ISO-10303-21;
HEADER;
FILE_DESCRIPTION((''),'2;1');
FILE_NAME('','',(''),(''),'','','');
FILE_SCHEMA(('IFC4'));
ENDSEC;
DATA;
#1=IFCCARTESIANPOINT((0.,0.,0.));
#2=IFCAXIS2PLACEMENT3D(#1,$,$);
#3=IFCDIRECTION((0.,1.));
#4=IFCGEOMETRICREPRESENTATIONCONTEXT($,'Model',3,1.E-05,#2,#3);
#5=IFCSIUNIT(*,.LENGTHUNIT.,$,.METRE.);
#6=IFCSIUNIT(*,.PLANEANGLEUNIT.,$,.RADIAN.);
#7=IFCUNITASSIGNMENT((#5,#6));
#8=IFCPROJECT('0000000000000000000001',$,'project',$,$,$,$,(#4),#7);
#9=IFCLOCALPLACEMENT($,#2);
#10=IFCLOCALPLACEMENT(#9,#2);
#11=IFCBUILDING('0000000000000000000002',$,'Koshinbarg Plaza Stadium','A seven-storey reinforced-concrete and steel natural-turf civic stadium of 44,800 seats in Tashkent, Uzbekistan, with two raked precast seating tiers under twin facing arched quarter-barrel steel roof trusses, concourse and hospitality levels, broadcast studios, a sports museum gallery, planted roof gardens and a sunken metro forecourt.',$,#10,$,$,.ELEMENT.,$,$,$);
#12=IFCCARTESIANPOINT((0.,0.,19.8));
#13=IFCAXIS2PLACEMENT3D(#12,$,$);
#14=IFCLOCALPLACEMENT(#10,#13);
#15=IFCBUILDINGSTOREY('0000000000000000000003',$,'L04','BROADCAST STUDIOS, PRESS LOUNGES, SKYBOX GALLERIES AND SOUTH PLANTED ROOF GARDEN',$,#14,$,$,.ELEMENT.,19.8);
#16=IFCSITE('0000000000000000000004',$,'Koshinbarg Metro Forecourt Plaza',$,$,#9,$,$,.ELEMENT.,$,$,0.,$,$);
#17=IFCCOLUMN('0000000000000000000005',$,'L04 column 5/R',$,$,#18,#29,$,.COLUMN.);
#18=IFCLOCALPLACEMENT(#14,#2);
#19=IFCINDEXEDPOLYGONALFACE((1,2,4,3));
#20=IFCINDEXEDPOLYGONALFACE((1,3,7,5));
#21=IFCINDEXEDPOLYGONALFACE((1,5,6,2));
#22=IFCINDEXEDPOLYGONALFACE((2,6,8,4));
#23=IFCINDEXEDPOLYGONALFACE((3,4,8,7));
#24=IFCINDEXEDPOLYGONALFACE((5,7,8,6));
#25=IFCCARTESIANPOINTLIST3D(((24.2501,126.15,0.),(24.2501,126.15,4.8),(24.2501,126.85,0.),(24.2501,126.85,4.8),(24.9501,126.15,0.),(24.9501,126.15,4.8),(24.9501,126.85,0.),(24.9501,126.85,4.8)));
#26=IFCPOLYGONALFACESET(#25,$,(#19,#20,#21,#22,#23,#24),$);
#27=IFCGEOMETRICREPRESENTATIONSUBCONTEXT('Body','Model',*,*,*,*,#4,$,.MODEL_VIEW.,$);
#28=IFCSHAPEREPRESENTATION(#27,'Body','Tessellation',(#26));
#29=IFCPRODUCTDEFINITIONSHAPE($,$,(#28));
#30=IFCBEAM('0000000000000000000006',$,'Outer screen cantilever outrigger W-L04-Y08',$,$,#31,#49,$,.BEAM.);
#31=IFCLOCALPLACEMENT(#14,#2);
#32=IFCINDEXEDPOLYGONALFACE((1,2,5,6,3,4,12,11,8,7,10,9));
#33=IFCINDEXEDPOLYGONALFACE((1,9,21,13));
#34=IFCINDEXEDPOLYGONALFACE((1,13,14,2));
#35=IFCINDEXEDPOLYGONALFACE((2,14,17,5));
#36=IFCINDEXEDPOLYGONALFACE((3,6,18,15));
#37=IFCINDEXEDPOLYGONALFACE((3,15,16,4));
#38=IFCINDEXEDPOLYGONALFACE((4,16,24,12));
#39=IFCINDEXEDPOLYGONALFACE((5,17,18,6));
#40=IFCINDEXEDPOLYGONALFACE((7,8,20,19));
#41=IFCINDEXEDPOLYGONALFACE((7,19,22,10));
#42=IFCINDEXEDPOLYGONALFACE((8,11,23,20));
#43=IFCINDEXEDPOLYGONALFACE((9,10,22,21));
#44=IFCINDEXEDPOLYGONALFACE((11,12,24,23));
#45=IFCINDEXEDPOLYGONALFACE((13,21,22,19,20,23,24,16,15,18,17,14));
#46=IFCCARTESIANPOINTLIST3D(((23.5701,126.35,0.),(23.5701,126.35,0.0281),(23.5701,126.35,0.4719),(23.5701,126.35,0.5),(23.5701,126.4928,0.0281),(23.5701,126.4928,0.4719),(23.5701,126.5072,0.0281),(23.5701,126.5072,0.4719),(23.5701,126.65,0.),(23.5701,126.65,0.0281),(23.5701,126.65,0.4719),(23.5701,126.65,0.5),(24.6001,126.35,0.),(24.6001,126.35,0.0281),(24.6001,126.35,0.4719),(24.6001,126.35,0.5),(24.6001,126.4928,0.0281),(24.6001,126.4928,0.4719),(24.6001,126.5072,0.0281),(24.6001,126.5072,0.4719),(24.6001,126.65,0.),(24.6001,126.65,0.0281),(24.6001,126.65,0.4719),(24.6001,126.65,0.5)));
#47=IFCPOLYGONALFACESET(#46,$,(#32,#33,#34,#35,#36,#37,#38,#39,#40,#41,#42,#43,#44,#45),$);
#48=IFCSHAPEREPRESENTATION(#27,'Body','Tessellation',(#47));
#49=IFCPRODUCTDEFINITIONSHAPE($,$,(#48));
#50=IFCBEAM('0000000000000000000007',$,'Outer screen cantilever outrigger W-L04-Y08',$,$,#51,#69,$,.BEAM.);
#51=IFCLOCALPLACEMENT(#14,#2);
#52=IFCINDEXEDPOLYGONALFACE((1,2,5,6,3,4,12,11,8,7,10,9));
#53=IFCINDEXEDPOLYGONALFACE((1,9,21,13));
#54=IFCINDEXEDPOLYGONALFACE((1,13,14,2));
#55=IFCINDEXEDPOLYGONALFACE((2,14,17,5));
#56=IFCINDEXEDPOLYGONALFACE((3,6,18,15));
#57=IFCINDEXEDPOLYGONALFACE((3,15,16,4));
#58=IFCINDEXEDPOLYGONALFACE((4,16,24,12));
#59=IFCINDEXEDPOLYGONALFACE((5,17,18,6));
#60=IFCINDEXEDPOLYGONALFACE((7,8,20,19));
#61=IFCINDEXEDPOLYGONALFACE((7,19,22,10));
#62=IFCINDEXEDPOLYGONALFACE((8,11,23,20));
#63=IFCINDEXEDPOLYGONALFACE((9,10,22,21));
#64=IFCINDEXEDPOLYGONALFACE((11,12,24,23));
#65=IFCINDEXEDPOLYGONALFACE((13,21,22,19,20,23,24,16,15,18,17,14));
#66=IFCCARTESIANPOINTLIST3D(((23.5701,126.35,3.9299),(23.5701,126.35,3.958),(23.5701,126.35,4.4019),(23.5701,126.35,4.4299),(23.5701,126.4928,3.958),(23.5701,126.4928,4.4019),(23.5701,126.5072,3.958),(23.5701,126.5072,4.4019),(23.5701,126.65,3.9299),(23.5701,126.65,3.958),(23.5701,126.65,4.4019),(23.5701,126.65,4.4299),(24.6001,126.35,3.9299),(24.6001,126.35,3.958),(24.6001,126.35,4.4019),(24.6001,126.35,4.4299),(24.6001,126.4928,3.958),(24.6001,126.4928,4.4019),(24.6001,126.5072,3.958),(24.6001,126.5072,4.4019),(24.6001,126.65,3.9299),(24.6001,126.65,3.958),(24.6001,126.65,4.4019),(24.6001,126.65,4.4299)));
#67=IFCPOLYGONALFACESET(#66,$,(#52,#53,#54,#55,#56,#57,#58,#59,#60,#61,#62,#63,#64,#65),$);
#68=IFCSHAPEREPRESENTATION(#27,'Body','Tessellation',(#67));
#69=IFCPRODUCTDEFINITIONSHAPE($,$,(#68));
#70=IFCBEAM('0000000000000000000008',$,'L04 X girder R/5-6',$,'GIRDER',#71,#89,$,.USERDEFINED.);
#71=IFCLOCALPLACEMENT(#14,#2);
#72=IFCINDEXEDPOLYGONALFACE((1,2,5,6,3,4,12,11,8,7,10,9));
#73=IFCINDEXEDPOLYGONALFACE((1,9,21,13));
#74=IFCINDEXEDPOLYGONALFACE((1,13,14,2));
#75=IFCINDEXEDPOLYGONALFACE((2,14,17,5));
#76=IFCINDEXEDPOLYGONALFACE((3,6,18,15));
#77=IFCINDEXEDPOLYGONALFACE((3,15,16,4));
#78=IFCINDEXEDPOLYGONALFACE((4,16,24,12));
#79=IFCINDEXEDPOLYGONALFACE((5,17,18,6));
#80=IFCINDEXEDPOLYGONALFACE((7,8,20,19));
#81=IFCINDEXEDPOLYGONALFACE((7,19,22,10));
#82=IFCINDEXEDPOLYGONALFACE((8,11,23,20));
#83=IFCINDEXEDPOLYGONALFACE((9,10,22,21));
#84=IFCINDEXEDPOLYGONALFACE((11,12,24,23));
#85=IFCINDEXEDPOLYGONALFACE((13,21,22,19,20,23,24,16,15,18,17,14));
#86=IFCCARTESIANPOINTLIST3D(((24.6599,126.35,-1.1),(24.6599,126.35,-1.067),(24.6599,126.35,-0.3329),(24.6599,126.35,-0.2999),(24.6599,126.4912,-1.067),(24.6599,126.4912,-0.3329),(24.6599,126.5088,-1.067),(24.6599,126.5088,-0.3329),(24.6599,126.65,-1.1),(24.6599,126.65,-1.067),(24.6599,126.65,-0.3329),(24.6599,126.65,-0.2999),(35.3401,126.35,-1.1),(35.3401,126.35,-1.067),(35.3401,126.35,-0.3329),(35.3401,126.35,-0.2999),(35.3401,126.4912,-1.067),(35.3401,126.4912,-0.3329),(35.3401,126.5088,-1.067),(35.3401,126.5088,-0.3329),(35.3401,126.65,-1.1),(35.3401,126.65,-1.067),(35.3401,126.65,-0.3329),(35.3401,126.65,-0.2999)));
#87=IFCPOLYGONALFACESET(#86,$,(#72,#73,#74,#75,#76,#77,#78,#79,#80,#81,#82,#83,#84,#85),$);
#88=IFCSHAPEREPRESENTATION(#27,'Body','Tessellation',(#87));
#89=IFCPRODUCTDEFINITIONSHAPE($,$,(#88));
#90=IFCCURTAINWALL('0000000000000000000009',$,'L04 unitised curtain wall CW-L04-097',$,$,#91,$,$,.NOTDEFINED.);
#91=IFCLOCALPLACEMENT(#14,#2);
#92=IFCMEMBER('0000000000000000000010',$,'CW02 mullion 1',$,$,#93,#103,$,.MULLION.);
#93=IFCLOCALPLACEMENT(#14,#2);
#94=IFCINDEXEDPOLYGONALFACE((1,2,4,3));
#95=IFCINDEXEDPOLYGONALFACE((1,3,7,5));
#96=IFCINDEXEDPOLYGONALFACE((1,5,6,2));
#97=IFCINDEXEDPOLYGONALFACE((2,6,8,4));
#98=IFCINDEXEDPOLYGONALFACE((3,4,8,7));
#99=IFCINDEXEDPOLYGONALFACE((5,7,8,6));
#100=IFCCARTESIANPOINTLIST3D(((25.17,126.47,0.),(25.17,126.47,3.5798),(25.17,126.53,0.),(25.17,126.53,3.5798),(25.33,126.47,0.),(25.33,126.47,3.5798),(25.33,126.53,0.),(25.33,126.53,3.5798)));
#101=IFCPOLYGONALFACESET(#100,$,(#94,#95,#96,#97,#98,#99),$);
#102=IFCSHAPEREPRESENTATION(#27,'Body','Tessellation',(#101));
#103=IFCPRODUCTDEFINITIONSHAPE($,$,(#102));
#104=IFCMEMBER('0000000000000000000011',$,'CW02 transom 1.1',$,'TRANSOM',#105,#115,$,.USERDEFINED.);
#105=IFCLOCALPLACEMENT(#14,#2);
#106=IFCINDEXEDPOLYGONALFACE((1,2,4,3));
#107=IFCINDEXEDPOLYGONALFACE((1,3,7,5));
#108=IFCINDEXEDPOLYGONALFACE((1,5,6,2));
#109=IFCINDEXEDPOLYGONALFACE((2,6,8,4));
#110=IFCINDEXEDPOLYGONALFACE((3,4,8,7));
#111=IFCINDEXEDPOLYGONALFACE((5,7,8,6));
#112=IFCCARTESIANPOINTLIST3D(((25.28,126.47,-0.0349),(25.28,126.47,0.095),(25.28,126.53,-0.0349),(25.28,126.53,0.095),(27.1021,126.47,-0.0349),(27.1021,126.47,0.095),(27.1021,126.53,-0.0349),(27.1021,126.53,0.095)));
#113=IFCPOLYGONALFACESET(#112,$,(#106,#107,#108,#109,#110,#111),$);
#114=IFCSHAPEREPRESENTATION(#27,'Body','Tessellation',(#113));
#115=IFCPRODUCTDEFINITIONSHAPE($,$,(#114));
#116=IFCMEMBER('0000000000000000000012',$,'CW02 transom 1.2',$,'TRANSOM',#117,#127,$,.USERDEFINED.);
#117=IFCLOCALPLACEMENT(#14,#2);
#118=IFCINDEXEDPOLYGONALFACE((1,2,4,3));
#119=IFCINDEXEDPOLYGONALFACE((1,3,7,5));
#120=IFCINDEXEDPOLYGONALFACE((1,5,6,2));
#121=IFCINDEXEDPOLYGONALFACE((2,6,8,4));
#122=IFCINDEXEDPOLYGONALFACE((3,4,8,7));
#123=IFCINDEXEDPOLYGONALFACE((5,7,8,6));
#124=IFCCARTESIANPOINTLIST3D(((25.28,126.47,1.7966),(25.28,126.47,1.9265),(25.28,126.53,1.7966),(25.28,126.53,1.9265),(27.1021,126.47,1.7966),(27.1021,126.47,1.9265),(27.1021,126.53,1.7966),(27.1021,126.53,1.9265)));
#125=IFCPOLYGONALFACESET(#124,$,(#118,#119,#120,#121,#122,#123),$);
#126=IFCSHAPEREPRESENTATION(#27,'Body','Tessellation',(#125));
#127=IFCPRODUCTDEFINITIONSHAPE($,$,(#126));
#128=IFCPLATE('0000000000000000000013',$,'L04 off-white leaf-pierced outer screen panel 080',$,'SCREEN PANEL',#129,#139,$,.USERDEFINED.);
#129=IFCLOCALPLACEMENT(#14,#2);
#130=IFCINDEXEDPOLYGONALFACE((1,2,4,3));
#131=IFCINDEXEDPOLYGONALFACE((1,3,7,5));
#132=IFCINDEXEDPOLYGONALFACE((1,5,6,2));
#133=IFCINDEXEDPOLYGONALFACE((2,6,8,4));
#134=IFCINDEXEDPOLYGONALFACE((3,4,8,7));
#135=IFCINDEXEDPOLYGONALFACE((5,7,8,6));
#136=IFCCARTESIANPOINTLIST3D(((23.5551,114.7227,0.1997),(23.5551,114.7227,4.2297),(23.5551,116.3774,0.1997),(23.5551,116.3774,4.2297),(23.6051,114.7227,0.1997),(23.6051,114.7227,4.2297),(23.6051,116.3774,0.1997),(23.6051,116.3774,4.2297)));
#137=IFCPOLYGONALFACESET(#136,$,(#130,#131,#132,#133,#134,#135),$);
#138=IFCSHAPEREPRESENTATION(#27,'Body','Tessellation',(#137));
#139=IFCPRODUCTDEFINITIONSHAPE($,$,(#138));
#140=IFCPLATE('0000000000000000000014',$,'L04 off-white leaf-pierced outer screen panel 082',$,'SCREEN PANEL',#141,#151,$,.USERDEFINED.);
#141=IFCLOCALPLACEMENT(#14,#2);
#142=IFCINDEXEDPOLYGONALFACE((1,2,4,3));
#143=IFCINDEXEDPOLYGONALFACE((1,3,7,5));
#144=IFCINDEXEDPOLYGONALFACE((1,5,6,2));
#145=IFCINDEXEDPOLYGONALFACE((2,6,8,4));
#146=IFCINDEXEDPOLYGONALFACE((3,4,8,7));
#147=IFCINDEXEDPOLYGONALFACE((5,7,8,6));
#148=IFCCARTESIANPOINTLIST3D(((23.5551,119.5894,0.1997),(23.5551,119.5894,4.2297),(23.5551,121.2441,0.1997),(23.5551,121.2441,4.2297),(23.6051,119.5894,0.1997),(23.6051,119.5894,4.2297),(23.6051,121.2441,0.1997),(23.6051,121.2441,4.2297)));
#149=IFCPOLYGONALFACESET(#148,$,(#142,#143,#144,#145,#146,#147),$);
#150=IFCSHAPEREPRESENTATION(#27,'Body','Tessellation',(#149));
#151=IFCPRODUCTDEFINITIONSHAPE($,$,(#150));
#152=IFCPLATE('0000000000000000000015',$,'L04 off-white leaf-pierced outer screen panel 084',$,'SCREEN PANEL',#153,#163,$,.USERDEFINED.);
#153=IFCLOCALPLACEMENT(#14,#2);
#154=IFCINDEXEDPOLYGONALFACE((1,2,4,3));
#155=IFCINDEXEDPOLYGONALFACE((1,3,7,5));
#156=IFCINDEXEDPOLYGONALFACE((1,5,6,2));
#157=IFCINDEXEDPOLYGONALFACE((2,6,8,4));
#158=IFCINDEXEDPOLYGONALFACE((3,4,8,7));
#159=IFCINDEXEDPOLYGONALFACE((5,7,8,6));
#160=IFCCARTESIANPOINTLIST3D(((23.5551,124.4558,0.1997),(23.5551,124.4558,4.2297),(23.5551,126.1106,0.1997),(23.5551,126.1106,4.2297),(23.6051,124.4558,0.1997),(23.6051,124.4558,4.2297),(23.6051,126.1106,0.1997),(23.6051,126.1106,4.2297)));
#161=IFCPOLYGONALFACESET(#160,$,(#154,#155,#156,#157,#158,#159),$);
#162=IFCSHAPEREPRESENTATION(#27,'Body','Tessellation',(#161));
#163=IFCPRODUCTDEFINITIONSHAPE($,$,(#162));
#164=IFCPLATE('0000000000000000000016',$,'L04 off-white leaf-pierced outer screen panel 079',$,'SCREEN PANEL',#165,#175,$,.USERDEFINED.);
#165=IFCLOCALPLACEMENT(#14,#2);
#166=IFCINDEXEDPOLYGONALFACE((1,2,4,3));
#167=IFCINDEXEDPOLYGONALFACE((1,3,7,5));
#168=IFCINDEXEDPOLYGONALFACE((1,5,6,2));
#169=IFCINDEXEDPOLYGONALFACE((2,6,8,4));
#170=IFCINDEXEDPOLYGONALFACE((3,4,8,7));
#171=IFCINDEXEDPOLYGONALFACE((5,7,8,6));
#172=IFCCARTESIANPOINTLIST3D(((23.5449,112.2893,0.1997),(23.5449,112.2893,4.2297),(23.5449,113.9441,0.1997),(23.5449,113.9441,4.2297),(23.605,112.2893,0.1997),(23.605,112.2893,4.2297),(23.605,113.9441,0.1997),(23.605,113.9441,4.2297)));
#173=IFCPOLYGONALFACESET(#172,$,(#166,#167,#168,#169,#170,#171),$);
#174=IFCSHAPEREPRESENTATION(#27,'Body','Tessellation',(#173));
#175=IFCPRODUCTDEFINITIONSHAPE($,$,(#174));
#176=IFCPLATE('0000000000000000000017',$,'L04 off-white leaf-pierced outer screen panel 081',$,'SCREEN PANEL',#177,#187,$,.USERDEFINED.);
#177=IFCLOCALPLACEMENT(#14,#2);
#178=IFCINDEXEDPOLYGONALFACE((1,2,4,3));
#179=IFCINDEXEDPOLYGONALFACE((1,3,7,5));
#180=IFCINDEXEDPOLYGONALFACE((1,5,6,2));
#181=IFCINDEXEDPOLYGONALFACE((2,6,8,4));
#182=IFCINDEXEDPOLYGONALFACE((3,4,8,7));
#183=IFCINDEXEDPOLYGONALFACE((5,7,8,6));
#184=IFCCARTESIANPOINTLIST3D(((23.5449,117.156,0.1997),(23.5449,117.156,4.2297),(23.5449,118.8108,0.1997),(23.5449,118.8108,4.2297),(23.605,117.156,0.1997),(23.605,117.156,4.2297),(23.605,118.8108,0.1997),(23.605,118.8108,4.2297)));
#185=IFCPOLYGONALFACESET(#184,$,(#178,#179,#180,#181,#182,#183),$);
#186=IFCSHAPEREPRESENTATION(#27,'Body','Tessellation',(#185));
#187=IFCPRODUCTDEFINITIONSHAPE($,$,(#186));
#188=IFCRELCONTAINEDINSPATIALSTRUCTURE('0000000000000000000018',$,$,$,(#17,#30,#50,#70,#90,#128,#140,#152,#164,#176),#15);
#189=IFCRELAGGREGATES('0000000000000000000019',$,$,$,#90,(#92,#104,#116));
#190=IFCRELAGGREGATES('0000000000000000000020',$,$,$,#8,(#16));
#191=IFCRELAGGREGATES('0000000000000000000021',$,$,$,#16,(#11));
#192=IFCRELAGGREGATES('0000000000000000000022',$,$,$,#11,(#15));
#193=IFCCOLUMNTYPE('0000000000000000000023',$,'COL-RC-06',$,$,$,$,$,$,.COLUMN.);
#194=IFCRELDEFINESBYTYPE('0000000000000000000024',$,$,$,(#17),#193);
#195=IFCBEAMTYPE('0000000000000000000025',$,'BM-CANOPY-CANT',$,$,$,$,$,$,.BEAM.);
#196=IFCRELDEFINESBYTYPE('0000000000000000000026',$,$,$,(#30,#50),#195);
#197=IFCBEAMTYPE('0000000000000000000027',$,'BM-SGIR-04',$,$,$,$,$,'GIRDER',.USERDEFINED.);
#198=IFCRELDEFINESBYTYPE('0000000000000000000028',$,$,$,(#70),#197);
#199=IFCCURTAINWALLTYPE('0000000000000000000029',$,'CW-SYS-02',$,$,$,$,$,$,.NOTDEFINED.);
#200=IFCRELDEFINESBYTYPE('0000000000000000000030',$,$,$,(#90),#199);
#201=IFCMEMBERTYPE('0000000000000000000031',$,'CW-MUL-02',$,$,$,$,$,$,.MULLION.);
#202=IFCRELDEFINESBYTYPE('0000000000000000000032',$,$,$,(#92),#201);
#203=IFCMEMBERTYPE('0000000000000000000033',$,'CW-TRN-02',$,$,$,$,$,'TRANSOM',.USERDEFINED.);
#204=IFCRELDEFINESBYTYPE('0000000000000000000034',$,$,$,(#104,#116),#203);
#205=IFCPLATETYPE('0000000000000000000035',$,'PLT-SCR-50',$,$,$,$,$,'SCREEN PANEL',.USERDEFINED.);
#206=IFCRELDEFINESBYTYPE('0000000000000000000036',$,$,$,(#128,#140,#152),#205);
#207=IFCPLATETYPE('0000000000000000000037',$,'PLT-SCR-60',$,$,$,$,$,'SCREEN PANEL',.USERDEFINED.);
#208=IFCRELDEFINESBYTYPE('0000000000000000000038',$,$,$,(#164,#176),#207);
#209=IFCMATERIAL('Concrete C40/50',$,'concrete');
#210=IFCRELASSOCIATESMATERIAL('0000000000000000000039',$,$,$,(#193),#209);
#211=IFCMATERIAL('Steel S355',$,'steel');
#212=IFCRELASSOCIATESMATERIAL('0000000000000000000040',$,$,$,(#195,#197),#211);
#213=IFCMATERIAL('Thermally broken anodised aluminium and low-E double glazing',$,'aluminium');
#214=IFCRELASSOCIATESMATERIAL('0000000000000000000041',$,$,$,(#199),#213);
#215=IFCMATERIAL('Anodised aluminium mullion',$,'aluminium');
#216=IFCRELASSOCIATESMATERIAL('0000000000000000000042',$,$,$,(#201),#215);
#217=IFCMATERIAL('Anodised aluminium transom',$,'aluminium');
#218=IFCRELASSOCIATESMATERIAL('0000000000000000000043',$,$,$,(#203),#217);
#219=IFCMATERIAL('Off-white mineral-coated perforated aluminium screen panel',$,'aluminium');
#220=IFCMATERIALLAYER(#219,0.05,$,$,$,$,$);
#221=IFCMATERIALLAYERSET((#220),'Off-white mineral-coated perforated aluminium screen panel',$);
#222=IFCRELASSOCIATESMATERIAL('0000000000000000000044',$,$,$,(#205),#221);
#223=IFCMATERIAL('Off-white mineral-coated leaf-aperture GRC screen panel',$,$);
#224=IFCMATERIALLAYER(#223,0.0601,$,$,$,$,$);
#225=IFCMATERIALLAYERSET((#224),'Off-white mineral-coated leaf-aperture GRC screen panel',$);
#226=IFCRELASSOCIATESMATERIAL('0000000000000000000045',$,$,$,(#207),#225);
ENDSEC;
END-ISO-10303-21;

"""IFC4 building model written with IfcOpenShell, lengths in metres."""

from ifc_helpers import new_model, si_unit, direction, frame, origin, origin_2d, place, context, subcontext, project, spatial, rectangle, i_section, extrude, material, layer, layer_set, material_profile, profile_set, type_object, element, aggregate, save


model = new_model("IFC4")

# Units and contexts
model_context = context("Model", 3, precision=1e-05, world=origin(), true_north=direction((0.0, 1.0)))
body_context = subcontext(model_context, "Body", "Model", "MODEL_VIEW")
ifc_project = project(units=[si_unit("LENGTHUNIT", "METRE"), si_unit("PLANEANGLEUNIT", "RADIAN")], contexts=[model_context])

# Site, building, storey
site_placement = place(None, origin())
site = spatial("IfcSite", under=ifc_project, at=site_placement, Name="Koshinbarg Metro Forecourt Plaza", CompositionType="ELEMENT", RefElevation=0.0)
building_placement = place(site_placement, origin())
building = spatial("IfcBuilding", under=site, at=building_placement, Name="Koshinbarg Plaza Stadium", Description="A seven-storey reinforced-concrete and steel natural-turf civic stadium of 44,800 seats in Tashkent, Uzbekistan, with two raked precast seating tiers under twin facing arched quarter-barrel steel roof trusses, concourse and hospitality levels, broadcast studios, a sports museum gallery, planted roof gardens and a sunken metro forecourt.", CompositionType="ELEMENT")
storey_placement = place(building_placement, frame((0.0, 0.0, 19.8)))
storey = spatial("IfcBuildingStorey", under=building, at=storey_placement, Name="L04", Description="BROADCAST STUDIOS, PRESS LOUNGES, SKYBOX GALLERIES AND SOUTH PLANTED ROOF GARDEN", CompositionType="ELEMENT", Elevation=19.8)

# Column
ifc_material_1 = material(Name="Concrete C40/50", Category="concrete")
ifc_material_profile_1 = material_profile(ifc_material_1, rectangle(XDim=0.7, YDim=0.7, at=origin_2d()), Name="RC 700x700")
ifc_profile_set_1 = profile_set([ifc_material_profile_1], Name="Concrete C40/50")
column_type = type_object("IfcColumnType", Name="COL-RC-06", PredefinedType="COLUMN", material=ifc_profile_set_1)
column_placement = place(storey_placement, frame((24.6001, 126.5, 0.0), z_axis=(0.0, 0.0, 1.0), x_axis=(1.0, 0.0, 0.0)))
element("IfcColumn", 1, at=column_placement, inside=storey, type_object=column_type, Name="L04 column 5/R", PredefinedType="COLUMN", context=body_context, shape_type="SweptSolid", body=[
    extrude(rectangle(XDim=0.7, YDim=0.7, at=origin_2d()), origin(), (0.0, 0.0, 1.0), 4.8),
])

# Beams
ifc_material_2 = material(Name="Steel S355", Category="steel")
ifc_material_profile_2 = material_profile(ifc_material_2, i_section(OverallWidth=0.3, OverallDepth=0.5, WebThickness=0.0144, FlangeThickness=0.0281, at=origin_2d()), Name="HEB 500")
ifc_profile_set_2 = profile_set([ifc_material_profile_2], Name="Steel S355")
beam_type_1 = type_object("IfcBeamType", Name="BM-CANOPY-CANT", PredefinedType="BEAM", material=ifc_profile_set_2)
for number, where, z_axis, x_axis, name in (
    (2, (24.6001, 126.5, 0.25), (-1.0, 0.0, 0.0), (0.0, -1.0, 0.0), "Outer screen cantilever outrigger W-L04-Y08"),
    (3, (24.6001, 126.5, 4.1799), (-1.0, 0.0, 0.0), (0.0, -1.0, 0.0), "Outer screen cantilever outrigger W-L04-Y08"),
):
    element("IfcBeam", number, at=place(storey_placement, frame(where, z_axis=z_axis, x_axis=x_axis)), inside=storey, type_object=beam_type_1, Name=name, PredefinedType="BEAM", context=body_context, shape_type="SweptSolid", body=[
        extrude(i_section(OverallWidth=0.3, OverallDepth=0.5, WebThickness=0.0144, FlangeThickness=0.0281, at=origin_2d()), origin(), (0.0, 0.0, 1.0), 1.03),
    ])
ifc_material_profile_3 = material_profile(ifc_material_2, i_section(OverallWidth=0.3, OverallDepth=0.8, WebThickness=0.0176, FlangeThickness=0.033, at=origin_2d()), Name="HEB 800")
ifc_profile_set_3 = profile_set([ifc_material_profile_3], Name="Steel S355")
beam_type_2 = type_object("IfcBeamType", Name="BM-SGIR-04", ElementType="GIRDER", PredefinedType="USERDEFINED", material=ifc_profile_set_3)
beam_placement = place(storey_placement, frame((24.6599, 126.5, -0.7), z_axis=(1.0, 0.0, 0.0), x_axis=(0.0, 1.0, 0.0)))
element("IfcBeam", 4, at=beam_placement, inside=storey, type_object=beam_type_2, Name="L04 X girder R/5-6", ObjectType="GIRDER", PredefinedType="USERDEFINED", context=body_context, shape_type="SweptSolid", body=[
    extrude(i_section(OverallWidth=0.3, OverallDepth=0.8, WebThickness=0.0176, FlangeThickness=0.033, at=origin_2d()), origin(), (0.0, 0.0, 1.0), 10.6802),
])

# Curtain wall, members
ifc_material_3 = material(Name="Thermally broken anodised aluminium and low-E double glazing", Category="aluminium")
curtain_wall_type = type_object("IfcCurtainWallType", Name="CW-SYS-02", PredefinedType="NOTDEFINED", material=ifc_material_3)
curtain_wall_placement = place(storey_placement, origin())
curtain_wall = element("IfcCurtainWall", 5, at=curtain_wall_placement, inside=storey, type_object=curtain_wall_type, Name="L04 unitised curtain wall CW-L04-097", PredefinedType="NOTDEFINED")
ifc_material_4 = material(Name="Anodised aluminium mullion", Category="aluminium")
ifc_material_profile_4 = material_profile(ifc_material_4, rectangle(XDim=0.0601, YDim=0.1599, at=origin_2d()), Name="ALU 60x160")
ifc_profile_set_4 = profile_set([ifc_material_profile_4], Name="Anodised aluminium mullion")
member_type_1 = type_object("IfcMemberType", Name="CW-MUL-02", PredefinedType="MULLION", material=ifc_profile_set_4)
member_1_placement = place(storey_placement, frame((25.25, 126.5, 0.0), z_axis=(0.0, 0.0, 1.0), x_axis=(0.0, 1.0, 0.0)))
member_1 = element("IfcMember", 6, at=member_1_placement, type_object=member_type_1, Name="CW02 mullion 1", PredefinedType="MULLION", context=body_context, shape_type="SweptSolid", body=[
    extrude(rectangle(XDim=0.0601, YDim=0.1599, at=origin_2d()), origin(), (0.0, 0.0, 1.0), 3.5798),
])
ifc_material_5 = material(Name="Anodised aluminium transom", Category="aluminium")
ifc_material_profile_5 = material_profile(ifc_material_5, rectangle(XDim=0.0601, YDim=0.1299, at=origin_2d()), Name="ALU 60x130")
ifc_profile_set_5 = profile_set([ifc_material_profile_5], Name="Anodised aluminium transom")
member_type_2 = type_object("IfcMemberType", Name="CW-TRN-02", ElementType="TRANSOM", PredefinedType="USERDEFINED", material=ifc_profile_set_5)
member_2_placement = place(storey_placement, frame((25.28, 126.5, 0.03), z_axis=(1.0, 0.0, 0.0), x_axis=(0.0, 1.0, 0.0)))
member_2 = element("IfcMember", 7, at=member_2_placement, type_object=member_type_2, Name="CW02 transom 1.1", ObjectType="TRANSOM", PredefinedType="USERDEFINED", context=body_context, shape_type="SweptSolid", body=[
    extrude(rectangle(XDim=0.0601, YDim=0.1299, at=origin_2d()), origin(), (0.0, 0.0, 1.0), 1.822),
])
member_3_placement = place(storey_placement, frame((25.28, 126.5, 1.8616), z_axis=(1.0, 0.0, 0.0), x_axis=(0.0, 1.0, 0.0)))
member_3 = element("IfcMember", 8, at=member_3_placement, type_object=member_type_2, Name="CW02 transom 1.2", ObjectType="TRANSOM", PredefinedType="USERDEFINED", context=body_context, shape_type="SweptSolid", body=[
    extrude(rectangle(XDim=0.0601, YDim=0.1299, at=origin_2d()), origin(), (0.0, 0.0, 1.0), 1.822),
])
aggregate(curtain_wall, [member_1, member_2, member_3])

# Plates
ifc_material_6 = material(Name="Off-white mineral-coated perforated aluminium screen panel", Category="aluminium")
ifc_layer_1 = layer(ifc_material_6, 0.05)
ifc_layer_set_1 = layer_set([ifc_layer_1], Name="Off-white mineral-coated perforated aluminium screen panel")
plate_type_1 = type_object("IfcPlateType", Name="PLT-SCR-50", ElementType="SCREEN PANEL", PredefinedType="USERDEFINED", material=ifc_layer_set_1)
for number, where, z_axis, x_axis, name in (
    (9, (23.5801, 115.55, 0.1997), (0.0, 0.0, 1.0), (1.0, 0.0, 0.0), "L04 off-white leaf-pierced outer screen panel 080"),
    (10, (23.5801, 120.4167, 0.1997), (0.0, 0.0, 1.0), (1.0, 0.0, 0.0), "L04 off-white leaf-pierced outer screen panel 082"),
    (11, (23.5801, 125.2832, 0.1997), (0.0, 0.0, 1.0), (1.0, 0.0, 0.0), "L04 off-white leaf-pierced outer screen panel 084"),
):
    element("IfcPlate", number, at=place(storey_placement, frame(where, z_axis=z_axis, x_axis=x_axis)), inside=storey, type_object=plate_type_1, Name=name, ObjectType="SCREEN PANEL", PredefinedType="USERDEFINED", context=body_context, shape_type="SweptSolid", body=[
        extrude(rectangle(XDim=0.05, YDim=1.6548, at=origin_2d()), origin(), (0.0, 0.0, 1.0), 4.03),
    ])
ifc_material_7 = material(Name="Off-white mineral-coated leaf-aperture GRC screen panel")
ifc_layer_2 = layer(ifc_material_7, 0.0601)
ifc_layer_set_2 = layer_set([ifc_layer_2], Name="Off-white mineral-coated leaf-aperture GRC screen panel")
plate_type_2 = type_object("IfcPlateType", Name="PLT-SCR-60", ElementType="SCREEN PANEL", PredefinedType="USERDEFINED", material=ifc_layer_set_2)
for number, where, z_axis, x_axis, name in (
    (12, (23.575, 113.1167, 0.1997), (0.0, 0.0, 1.0), (1.0, 0.0, 0.0), "L04 off-white leaf-pierced outer screen panel 079"),
    (13, (23.575, 117.9834, 0.1997), (0.0, 0.0, 1.0), (1.0, 0.0, 0.0), "L04 off-white leaf-pierced outer screen panel 081"),
):
    element("IfcPlate", number, at=place(storey_placement, frame(where, z_axis=z_axis, x_axis=x_axis)), inside=storey, type_object=plate_type_2, Name=name, ObjectType="SCREEN PANEL", PredefinedType="USERDEFINED", context=body_context, shape_type="SweptSolid", body=[
        extrude(rectangle(XDim=0.0601, YDim=1.6548, at=origin_2d()), origin(), (0.0, 0.0, 1.0), 4.03),
    ])

save(model, "model.ifc")
